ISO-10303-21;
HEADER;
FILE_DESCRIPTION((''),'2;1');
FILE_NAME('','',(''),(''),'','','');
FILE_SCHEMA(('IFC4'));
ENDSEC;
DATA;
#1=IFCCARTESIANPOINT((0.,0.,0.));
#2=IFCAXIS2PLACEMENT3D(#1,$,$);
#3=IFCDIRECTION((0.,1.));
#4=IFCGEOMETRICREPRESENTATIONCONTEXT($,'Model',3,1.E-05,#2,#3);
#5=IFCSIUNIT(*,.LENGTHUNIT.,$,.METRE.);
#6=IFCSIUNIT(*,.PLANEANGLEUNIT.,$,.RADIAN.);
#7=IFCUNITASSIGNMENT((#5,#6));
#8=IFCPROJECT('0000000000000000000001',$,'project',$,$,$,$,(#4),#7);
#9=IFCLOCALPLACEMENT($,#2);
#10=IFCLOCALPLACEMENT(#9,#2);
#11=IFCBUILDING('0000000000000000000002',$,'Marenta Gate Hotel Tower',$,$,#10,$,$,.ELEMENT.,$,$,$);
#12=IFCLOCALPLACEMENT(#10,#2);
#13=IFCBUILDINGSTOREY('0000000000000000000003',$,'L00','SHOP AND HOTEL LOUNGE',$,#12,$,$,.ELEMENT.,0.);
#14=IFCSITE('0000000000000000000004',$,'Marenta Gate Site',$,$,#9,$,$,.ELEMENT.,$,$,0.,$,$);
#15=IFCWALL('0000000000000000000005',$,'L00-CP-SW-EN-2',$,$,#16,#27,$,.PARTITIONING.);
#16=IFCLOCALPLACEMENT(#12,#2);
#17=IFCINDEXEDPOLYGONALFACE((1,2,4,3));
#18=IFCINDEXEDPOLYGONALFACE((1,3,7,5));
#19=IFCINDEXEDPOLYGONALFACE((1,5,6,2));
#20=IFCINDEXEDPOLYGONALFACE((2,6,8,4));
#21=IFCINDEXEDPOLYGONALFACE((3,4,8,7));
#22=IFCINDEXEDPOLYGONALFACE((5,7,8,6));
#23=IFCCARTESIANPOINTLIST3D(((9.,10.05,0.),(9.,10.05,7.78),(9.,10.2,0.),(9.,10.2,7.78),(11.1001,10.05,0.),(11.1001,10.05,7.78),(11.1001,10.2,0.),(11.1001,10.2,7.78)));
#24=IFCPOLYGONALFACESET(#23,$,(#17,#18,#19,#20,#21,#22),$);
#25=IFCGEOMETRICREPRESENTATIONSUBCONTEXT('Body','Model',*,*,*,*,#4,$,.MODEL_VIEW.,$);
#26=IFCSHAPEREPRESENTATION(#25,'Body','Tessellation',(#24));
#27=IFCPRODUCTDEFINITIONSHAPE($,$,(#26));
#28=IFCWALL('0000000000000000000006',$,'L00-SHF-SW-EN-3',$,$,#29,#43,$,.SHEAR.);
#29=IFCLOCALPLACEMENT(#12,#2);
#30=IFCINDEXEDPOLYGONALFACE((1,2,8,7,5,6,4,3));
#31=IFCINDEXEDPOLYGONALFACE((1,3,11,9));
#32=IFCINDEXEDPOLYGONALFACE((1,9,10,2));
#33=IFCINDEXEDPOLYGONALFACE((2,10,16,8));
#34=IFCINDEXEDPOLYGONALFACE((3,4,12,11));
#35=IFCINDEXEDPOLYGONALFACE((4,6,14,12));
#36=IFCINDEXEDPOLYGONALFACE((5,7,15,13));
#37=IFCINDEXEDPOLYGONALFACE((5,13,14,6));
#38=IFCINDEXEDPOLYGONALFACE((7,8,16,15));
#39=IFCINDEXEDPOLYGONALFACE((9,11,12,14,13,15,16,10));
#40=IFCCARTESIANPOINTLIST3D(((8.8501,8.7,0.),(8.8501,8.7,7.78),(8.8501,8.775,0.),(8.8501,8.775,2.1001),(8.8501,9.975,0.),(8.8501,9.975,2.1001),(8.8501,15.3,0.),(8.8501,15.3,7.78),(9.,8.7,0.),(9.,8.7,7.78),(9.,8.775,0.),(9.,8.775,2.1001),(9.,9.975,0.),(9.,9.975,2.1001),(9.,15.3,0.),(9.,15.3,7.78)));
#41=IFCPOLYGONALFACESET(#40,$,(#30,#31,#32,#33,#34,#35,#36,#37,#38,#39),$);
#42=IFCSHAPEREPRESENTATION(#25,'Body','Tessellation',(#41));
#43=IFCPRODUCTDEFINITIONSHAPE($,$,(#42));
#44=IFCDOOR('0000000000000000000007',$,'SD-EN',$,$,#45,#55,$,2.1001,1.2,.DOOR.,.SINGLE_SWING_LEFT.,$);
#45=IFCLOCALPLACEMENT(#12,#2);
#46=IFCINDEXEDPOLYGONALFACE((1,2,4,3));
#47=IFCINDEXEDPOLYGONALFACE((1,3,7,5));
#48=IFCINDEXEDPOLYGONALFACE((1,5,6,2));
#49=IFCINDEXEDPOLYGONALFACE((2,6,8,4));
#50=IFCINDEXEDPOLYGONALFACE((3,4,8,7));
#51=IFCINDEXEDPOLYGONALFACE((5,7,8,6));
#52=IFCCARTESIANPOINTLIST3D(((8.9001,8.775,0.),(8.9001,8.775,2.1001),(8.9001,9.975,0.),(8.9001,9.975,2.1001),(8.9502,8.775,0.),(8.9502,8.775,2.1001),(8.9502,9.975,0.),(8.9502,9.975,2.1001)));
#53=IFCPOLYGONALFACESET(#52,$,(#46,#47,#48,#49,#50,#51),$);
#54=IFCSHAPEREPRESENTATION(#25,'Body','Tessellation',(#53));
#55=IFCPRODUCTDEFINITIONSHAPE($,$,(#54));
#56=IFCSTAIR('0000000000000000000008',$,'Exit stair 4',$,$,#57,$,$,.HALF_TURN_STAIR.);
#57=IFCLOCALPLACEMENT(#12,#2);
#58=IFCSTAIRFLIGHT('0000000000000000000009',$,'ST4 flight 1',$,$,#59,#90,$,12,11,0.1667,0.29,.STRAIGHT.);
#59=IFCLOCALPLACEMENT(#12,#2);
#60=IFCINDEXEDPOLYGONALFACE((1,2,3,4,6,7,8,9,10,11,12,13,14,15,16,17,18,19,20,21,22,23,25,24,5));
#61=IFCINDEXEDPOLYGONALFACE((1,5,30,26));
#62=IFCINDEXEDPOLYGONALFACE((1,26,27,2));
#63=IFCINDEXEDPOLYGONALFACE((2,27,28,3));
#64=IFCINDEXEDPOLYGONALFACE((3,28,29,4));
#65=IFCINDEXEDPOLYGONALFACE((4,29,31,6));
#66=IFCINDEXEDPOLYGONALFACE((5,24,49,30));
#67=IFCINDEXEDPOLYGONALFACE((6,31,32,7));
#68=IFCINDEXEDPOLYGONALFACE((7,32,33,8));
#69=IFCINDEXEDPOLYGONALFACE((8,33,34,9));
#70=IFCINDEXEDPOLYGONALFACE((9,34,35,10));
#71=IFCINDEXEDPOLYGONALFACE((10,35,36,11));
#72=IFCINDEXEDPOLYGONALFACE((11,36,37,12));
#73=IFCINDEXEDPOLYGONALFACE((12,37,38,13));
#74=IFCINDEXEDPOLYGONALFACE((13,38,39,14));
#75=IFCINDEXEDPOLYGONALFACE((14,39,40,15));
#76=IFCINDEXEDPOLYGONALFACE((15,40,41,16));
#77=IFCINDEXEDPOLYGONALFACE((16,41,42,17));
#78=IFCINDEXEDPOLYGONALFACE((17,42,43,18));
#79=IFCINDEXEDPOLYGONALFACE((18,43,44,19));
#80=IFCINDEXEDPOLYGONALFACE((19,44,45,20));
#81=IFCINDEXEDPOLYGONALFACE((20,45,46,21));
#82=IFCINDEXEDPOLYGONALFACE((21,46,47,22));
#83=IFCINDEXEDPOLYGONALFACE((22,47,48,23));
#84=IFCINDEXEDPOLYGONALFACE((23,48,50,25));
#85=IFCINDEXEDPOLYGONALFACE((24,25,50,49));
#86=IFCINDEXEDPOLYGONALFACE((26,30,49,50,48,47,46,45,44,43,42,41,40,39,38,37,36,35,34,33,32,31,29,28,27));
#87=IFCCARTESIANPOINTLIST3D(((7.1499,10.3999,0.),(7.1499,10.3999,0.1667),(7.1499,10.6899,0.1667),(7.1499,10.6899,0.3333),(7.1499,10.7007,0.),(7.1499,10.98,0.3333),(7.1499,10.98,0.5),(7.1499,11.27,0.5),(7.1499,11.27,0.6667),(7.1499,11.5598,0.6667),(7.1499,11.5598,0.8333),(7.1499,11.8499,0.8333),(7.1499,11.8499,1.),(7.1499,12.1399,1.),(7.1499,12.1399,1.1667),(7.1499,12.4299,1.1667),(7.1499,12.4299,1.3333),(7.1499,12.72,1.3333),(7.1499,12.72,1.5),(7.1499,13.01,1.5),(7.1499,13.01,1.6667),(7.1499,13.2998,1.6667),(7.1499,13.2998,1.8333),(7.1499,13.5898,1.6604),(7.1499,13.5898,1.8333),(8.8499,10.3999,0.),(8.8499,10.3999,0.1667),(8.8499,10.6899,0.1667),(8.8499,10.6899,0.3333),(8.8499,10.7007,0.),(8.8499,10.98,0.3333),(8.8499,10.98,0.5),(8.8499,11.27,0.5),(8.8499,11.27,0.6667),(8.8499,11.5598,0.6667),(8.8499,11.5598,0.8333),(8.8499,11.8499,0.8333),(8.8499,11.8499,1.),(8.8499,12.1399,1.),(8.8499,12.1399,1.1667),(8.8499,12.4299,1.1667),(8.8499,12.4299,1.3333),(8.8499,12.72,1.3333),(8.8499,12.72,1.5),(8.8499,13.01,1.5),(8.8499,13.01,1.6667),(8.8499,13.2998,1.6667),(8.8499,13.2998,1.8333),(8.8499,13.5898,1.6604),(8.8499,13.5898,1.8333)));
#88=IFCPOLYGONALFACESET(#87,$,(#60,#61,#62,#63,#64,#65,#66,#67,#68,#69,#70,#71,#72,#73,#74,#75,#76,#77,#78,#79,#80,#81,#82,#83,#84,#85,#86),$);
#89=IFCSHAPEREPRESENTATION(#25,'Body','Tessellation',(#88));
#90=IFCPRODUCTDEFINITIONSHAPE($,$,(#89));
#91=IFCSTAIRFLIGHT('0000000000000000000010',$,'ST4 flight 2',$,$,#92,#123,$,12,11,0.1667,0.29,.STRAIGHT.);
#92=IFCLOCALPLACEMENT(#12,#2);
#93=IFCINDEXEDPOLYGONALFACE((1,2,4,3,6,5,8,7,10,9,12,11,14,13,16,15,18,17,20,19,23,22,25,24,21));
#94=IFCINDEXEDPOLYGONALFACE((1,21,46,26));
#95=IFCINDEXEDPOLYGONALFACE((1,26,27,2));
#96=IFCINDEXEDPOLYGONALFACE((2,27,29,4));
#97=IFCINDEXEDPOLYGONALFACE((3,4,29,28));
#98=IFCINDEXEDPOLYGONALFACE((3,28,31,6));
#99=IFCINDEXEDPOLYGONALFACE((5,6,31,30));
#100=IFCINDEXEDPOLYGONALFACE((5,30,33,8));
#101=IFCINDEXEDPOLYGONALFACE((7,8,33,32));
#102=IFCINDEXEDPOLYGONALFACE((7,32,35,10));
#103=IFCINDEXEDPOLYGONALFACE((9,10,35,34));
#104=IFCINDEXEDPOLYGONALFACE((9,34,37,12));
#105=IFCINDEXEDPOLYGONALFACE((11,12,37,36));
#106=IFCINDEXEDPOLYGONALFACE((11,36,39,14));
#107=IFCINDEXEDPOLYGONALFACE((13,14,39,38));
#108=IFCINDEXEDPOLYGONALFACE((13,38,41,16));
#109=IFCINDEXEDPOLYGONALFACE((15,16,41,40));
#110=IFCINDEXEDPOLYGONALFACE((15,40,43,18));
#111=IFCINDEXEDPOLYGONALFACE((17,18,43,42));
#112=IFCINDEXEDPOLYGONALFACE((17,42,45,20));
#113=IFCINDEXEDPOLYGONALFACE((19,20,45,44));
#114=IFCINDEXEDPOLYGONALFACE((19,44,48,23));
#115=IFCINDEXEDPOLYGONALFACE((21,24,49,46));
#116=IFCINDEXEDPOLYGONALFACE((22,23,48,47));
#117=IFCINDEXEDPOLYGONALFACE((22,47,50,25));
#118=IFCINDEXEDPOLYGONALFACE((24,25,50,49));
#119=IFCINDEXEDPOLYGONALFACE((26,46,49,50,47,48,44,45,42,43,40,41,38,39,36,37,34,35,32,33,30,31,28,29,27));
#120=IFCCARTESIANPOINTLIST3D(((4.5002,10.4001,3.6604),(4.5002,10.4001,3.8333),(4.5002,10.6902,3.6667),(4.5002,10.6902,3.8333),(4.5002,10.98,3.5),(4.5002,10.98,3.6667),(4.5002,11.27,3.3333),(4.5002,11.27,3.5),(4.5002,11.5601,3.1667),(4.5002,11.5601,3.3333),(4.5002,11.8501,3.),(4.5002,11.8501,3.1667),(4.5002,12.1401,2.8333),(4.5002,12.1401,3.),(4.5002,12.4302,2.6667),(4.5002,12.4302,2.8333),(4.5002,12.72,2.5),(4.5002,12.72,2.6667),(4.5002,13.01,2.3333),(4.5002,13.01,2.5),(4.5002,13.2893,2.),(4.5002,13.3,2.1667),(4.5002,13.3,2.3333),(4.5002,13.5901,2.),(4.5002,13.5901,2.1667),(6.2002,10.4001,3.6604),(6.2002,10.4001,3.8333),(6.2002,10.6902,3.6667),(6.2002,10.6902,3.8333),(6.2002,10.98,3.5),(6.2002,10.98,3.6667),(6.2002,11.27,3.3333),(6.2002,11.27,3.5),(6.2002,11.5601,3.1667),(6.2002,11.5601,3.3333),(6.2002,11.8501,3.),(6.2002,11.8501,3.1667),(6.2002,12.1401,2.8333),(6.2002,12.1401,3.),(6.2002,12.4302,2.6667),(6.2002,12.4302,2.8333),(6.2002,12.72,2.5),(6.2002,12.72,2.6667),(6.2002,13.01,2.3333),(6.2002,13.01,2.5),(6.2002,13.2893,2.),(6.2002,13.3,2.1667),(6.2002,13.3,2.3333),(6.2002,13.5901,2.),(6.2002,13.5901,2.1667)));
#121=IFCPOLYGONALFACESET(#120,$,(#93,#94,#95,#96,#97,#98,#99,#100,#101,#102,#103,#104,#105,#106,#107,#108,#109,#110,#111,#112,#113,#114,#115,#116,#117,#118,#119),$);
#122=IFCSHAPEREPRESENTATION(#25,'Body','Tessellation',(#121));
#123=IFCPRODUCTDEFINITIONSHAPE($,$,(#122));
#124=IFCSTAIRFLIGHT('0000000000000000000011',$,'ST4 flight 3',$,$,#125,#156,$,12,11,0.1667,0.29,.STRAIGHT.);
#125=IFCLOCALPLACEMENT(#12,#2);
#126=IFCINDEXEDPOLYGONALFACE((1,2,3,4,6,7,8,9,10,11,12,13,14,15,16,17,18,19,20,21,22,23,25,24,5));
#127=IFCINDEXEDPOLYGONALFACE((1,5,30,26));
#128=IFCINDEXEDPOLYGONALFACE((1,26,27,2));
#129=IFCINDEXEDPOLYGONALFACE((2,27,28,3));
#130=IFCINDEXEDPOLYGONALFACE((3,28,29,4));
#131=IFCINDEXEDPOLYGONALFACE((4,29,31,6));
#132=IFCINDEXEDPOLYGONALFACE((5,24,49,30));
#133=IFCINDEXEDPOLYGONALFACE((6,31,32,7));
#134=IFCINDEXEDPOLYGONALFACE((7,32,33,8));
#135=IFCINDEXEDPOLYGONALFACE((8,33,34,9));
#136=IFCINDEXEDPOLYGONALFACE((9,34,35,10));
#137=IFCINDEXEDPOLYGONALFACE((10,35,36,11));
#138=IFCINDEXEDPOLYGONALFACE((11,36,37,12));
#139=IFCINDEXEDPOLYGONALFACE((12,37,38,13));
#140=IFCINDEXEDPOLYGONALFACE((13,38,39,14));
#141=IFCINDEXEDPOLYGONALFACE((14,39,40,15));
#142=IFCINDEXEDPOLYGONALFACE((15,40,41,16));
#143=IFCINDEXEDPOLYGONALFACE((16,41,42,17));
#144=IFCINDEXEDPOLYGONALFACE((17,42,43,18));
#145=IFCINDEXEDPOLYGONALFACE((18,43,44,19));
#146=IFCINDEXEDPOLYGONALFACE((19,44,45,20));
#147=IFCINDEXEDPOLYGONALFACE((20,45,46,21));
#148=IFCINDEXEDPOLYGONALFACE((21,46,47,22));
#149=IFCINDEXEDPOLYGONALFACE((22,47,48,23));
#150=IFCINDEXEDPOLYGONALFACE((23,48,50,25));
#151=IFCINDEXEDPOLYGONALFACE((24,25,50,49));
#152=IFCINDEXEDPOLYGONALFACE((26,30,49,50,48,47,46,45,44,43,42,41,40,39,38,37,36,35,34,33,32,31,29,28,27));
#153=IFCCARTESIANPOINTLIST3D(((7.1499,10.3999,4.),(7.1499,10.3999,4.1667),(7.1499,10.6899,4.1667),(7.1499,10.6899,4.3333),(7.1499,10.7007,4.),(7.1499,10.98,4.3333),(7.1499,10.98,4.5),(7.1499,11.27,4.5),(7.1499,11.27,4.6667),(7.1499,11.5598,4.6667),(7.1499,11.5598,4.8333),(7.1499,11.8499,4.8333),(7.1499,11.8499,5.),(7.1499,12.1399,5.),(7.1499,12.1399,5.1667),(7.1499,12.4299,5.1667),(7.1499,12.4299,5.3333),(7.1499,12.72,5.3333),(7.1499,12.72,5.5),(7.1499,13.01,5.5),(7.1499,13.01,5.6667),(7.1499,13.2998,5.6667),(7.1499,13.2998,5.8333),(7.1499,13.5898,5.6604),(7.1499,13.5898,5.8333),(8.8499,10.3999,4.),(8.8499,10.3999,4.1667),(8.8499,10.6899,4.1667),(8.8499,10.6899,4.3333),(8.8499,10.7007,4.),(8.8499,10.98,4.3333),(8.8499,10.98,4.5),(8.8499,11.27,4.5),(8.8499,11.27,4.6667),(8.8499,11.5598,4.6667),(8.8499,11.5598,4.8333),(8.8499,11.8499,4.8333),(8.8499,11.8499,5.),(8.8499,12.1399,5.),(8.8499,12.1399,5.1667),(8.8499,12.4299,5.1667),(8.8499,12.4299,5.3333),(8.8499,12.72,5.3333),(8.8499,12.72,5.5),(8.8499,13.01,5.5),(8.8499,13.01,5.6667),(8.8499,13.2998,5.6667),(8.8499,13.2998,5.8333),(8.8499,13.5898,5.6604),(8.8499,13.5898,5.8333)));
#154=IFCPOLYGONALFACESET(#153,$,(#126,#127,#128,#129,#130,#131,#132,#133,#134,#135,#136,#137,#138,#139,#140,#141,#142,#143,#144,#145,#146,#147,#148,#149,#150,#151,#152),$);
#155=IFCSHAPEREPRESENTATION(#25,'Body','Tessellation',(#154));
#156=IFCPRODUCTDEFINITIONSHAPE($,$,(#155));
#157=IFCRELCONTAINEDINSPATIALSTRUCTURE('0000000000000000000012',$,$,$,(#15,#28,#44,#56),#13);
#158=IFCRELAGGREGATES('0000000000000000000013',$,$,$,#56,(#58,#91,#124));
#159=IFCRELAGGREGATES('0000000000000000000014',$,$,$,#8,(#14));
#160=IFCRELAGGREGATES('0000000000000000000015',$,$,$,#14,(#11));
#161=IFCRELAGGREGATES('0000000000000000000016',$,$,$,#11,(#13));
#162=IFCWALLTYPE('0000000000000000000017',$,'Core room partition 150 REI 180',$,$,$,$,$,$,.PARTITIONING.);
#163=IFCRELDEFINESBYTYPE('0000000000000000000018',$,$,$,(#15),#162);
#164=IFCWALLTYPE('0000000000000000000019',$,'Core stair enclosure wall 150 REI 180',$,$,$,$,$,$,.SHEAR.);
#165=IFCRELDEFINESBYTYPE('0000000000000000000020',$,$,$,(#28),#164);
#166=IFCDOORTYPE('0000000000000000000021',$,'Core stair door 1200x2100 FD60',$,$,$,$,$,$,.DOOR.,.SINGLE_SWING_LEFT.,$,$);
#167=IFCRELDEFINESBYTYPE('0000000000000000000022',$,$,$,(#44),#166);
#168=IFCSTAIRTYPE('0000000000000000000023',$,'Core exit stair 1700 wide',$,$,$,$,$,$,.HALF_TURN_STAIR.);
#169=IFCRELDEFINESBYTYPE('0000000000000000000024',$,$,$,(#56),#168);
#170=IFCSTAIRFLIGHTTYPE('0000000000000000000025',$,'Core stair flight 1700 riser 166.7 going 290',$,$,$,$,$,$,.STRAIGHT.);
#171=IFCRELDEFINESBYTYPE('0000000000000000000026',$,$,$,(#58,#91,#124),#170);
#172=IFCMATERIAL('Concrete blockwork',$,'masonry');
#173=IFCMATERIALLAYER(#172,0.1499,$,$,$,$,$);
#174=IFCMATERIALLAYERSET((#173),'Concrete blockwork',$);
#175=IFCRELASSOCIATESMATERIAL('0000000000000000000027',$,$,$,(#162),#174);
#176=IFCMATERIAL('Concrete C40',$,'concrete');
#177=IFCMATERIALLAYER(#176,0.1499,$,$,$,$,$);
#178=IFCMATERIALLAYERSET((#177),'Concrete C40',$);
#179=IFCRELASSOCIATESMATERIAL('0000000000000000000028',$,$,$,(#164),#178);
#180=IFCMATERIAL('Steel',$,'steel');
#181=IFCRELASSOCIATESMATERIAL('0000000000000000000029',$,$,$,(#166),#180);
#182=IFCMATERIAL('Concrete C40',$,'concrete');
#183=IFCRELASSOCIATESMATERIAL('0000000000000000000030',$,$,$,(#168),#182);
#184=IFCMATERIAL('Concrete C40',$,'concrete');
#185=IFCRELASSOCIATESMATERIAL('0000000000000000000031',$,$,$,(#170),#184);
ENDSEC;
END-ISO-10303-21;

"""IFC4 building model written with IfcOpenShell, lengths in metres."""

from ifc_helpers import new_model, si_unit, direction, frame, frame_2d, origin, place, context, subcontext, project, spatial, polyline, rectangle, outline, extrude, material, layer, layer_set, type_object, element, fill, aggregate, save


model = new_model("IFC4")

# Units and contexts
model_context = context("Model", 3, precision=1e-05, world=origin(), true_north=direction((0.0, 1.0)))
body_context = subcontext(model_context, "Body", "Model", "MODEL_VIEW")
ifc_project = project(units=[si_unit("LENGTHUNIT", "METRE"), si_unit("PLANEANGLEUNIT", "RADIAN")], contexts=[model_context])

# Site, building, storey
site_placement = place(None, origin())
site = spatial("IfcSite", under=ifc_project, at=site_placement, Name="Marenta Gate Site", CompositionType="ELEMENT", RefElevation=0.0)
building_placement = place(site_placement, origin())
building = spatial("IfcBuilding", under=site, at=building_placement, Name="Marenta Gate Hotel Tower", CompositionType="ELEMENT")
storey_placement = place(building_placement, origin())
storey = spatial("IfcBuildingStorey", under=building, at=storey_placement, Name="L00", Description="SHOP AND HOTEL LOUNGE", CompositionType="ELEMENT", Elevation=0.0)

# Wall
ifc_material_1 = material(Name="Concrete blockwork", Category="masonry")
ifc_layer_1 = layer(ifc_material_1, 0.1499)
ifc_layer_set_1 = layer_set([ifc_layer_1], Name="Concrete blockwork")
wall_type_1 = type_object("IfcWallType", Name="Core room partition 150 REI 180", PredefinedType="PARTITIONING", material=ifc_layer_set_1)
wall_1_placement = place(storey_placement, frame((9.0, 10.125, 0.0), z_axis=(0.0, 0.0, 1.0), x_axis=(1.0, 0.0, 0.0)))
element("IfcWall", 1, at=wall_1_placement, inside=storey, type_object=wall_type_1, Name="L00-CP-SW-EN-2", PredefinedType="PARTITIONING", context=body_context, shape_type="SweptSolid", body=[
    extrude(rectangle(XDim=2.1001, YDim=0.1499, at=frame_2d((1.05, 0.0))), origin(), (0.0, 0.0, 1.0), 7.78),
])

# Wall, opening, door
ifc_material_2 = material(Name="Concrete C40", Category="concrete")
ifc_layer_2 = layer(ifc_material_2, 0.1499)
ifc_layer_set_2 = layer_set([ifc_layer_2], Name="Concrete C40")
wall_type_2 = type_object("IfcWallType", Name="Core stair enclosure wall 150 REI 180", PredefinedType="SHEAR", material=ifc_layer_set_2)
wall_2_placement = place(storey_placement, frame((8.925, 8.7, 0.0), z_axis=(0.0, 0.0, 1.0), x_axis=(0.0, 1.0, 0.0)))
wall_2 = element("IfcWall", 2, at=wall_2_placement, inside=storey, type_object=wall_type_2, Name="L00-SHF-SW-EN-3", PredefinedType="SHEAR", context=body_context, shape_type="SweptSolid", body=[
    extrude(rectangle(XDim=6.6001, YDim=0.1499, at=frame_2d((3.3, 0.0))), origin(), (0.0, 0.0, 1.0), 7.78),
])
opening_placement = place(wall_2_placement, frame((0.075, 0.0, 0.0)))
opening = element("IfcOpeningElement", 3, at=opening_placement, cuts=wall_2, PredefinedType="OPENING", context=body_context, shape_type="SweptSolid", body=[
    extrude(rectangle(XDim=1.2, YDim=2.1001, at=frame_2d((0.6001, 1.05))), frame((0.0, 0.075, 0.0), z_axis=(0.0, -1.0, 0.0), x_axis=(1.0, 0.0, 0.0)), (0.0, 0.0, 1.0), 0.1499),
])
ifc_material_3 = material(Name="Steel", Category="steel")
door_type = type_object("IfcDoorType", Name="Core stair door 1200x2100 FD60", OperationType="SINGLE_SWING_LEFT", PredefinedType="DOOR", material=ifc_material_3)
door_placement = place(opening_placement, origin())
door = element("IfcDoor", 4, at=door_placement, inside=storey, type_object=door_type, Name="SD-EN", OperationType="SINGLE_SWING_LEFT", OverallHeight=2.1001, OverallWidth=1.2, PredefinedType="DOOR", context=body_context, shape_type="SweptSolid", body=[
    extrude(rectangle(XDim=1.2, YDim=2.1001, at=frame_2d((0.6001, 1.05))), frame((0.0, 0.0249, 0.0), z_axis=(0.0, -1.0, 0.0), x_axis=(1.0, 0.0, 0.0)), (0.0, 0.0, 1.0), 0.05),
])
fill(opening, door)

# Stair, stair flights
ifc_material_4 = material(Name="Concrete C40", Category="concrete")
stair_type = type_object("IfcStairType", Name="Core exit stair 1700 wide", PredefinedType="HALF_TURN_STAIR", material=ifc_material_4)
stair_placement = place(storey_placement, origin())
stair = element("IfcStair", 5, at=stair_placement, inside=storey, type_object=stair_type, Name="Exit stair 4", PredefinedType="HALF_TURN_STAIR")
ifc_material_5 = material(Name="Concrete C40", Category="concrete")
stair_flight_type = type_object("IfcStairFlightType", Name="Core stair flight 1700 riser 166.7 going 290", PredefinedType="STRAIGHT", material=ifc_material_5)
stair_flight_1_placement = place(storey_placement, frame((8.0, 10.3999, 0.0), z_axis=(0.0, 0.0, 1.0), x_axis=(0.0, 1.0, 0.0)))
stair_flight_1 = element("IfcStairFlight", 6, at=stair_flight_1_placement, type_object=stair_flight_type, Name="ST4 flight 1", NumberOfRisers=12, NumberOfTreads=11, PredefinedType="STRAIGHT", RiserHeight=0.1667, TreadLength=0.29, context=body_context, shape_type="SweptSolid", body=[
    extrude(outline(polyline([(0.0, 0.0), (0.0, 0.1667), (0.29, 0.1667), (0.29, 0.3333), (0.5801, 0.3333), (0.5801, 0.5), (0.8701, 0.5), (0.8701, 0.6667), (1.1599, 0.6667), (1.1599, 0.8333), (1.45, 0.8333), (1.45, 1.0), (1.74, 1.0), (1.74, 1.1667), (2.03, 1.1667), (2.03, 1.3333), (2.3201, 1.3333), (2.3201, 1.5), (2.6101, 1.5), (2.6101, 1.6667), (2.8999, 1.6667), (2.8999, 1.8333), (3.1899, 1.8333), (3.1899, 2.0), (3.1899, 1.6604), (0.3008, 0.0), (0.0, 0.0)])), frame((0.0, 0.8501, 0.0), z_axis=(0.0, -1.0, 0.0), x_axis=(1.0, 0.0, 0.0)), (0.0, 0.0, 1.0), 1.7),
])
stair_flight_2_placement = place(storey_placement, frame((5.3501, 13.5901, 2.0), z_axis=(0.0, 0.0, 1.0), x_axis=(0.0, -1.0, 0.0)))
stair_flight_2 = element("IfcStairFlight", 7, at=stair_flight_2_placement, type_object=stair_flight_type, Name="ST4 flight 2", NumberOfRisers=12, NumberOfTreads=11, PredefinedType="STRAIGHT", RiserHeight=0.1667, TreadLength=0.29, context=body_context, shape_type="SweptSolid", body=[
    extrude(outline(polyline([(0.0, 0.0), (0.0, 0.1667), (0.29, 0.1667), (0.29, 0.3333), (0.5801, 0.3333), (0.5801, 0.5), (0.8701, 0.5), (0.8701, 0.6667), (1.1599, 0.6667), (1.1599, 0.8333), (1.45, 0.8333), (1.45, 1.0), (1.74, 1.0), (1.74, 1.1667), (2.03, 1.1667), (2.03, 1.3333), (2.3201, 1.3333), (2.3201, 1.5), (2.6101, 1.5), (2.6101, 1.6667), (2.8999, 1.6667), (2.8999, 1.8333), (3.1899, 1.8333), (3.1899, 2.0), (3.1899, 1.6604), (0.3008, 0.0), (0.0, 0.0)])), frame((0.0, 0.8501, 0.0), z_axis=(0.0, -1.0, 0.0), x_axis=(1.0, 0.0, 0.0)), (0.0, 0.0, 1.0), 1.7),
])
stair_flight_3_placement = place(storey_placement, frame((8.0, 10.3999, 4.0), z_axis=(0.0, 0.0, 1.0), x_axis=(0.0, 1.0, 0.0)))
stair_flight_3 = element("IfcStairFlight", 8, at=stair_flight_3_placement, type_object=stair_flight_type, Name="ST4 flight 3", NumberOfRisers=12, NumberOfTreads=11, PredefinedType="STRAIGHT", RiserHeight=0.1667, TreadLength=0.29, context=body_context, shape_type="SweptSolid", body=[
    extrude(outline(polyline([(0.0, 0.0), (0.0, 0.1667), (0.29, 0.1667), (0.29, 0.3333), (0.5801, 0.3333), (0.5801, 0.5), (0.8701, 0.5), (0.8701, 0.6667), (1.1599, 0.6667), (1.1599, 0.8333), (1.45, 0.8333), (1.45, 1.0), (1.74, 1.0), (1.74, 1.1667), (2.03, 1.1667), (2.03, 1.3333), (2.3201, 1.3333), (2.3201, 1.5), (2.6101, 1.5), (2.6101, 1.6667), (2.8999, 1.6667), (2.8999, 1.8333), (3.1899, 1.8333), (3.1899, 2.0), (3.1899, 1.6604), (0.3008, 0.0), (0.0, 0.0)])), frame((0.0, 0.8501, 0.0), z_axis=(0.0, -1.0, 0.0), x_axis=(1.0, 0.0, 0.0)), (0.0, 0.0, 1.0), 1.7),
])
aggregate(stair, [stair_flight_1, stair_flight_2, stair_flight_3])

save(model, "model.ifc")
